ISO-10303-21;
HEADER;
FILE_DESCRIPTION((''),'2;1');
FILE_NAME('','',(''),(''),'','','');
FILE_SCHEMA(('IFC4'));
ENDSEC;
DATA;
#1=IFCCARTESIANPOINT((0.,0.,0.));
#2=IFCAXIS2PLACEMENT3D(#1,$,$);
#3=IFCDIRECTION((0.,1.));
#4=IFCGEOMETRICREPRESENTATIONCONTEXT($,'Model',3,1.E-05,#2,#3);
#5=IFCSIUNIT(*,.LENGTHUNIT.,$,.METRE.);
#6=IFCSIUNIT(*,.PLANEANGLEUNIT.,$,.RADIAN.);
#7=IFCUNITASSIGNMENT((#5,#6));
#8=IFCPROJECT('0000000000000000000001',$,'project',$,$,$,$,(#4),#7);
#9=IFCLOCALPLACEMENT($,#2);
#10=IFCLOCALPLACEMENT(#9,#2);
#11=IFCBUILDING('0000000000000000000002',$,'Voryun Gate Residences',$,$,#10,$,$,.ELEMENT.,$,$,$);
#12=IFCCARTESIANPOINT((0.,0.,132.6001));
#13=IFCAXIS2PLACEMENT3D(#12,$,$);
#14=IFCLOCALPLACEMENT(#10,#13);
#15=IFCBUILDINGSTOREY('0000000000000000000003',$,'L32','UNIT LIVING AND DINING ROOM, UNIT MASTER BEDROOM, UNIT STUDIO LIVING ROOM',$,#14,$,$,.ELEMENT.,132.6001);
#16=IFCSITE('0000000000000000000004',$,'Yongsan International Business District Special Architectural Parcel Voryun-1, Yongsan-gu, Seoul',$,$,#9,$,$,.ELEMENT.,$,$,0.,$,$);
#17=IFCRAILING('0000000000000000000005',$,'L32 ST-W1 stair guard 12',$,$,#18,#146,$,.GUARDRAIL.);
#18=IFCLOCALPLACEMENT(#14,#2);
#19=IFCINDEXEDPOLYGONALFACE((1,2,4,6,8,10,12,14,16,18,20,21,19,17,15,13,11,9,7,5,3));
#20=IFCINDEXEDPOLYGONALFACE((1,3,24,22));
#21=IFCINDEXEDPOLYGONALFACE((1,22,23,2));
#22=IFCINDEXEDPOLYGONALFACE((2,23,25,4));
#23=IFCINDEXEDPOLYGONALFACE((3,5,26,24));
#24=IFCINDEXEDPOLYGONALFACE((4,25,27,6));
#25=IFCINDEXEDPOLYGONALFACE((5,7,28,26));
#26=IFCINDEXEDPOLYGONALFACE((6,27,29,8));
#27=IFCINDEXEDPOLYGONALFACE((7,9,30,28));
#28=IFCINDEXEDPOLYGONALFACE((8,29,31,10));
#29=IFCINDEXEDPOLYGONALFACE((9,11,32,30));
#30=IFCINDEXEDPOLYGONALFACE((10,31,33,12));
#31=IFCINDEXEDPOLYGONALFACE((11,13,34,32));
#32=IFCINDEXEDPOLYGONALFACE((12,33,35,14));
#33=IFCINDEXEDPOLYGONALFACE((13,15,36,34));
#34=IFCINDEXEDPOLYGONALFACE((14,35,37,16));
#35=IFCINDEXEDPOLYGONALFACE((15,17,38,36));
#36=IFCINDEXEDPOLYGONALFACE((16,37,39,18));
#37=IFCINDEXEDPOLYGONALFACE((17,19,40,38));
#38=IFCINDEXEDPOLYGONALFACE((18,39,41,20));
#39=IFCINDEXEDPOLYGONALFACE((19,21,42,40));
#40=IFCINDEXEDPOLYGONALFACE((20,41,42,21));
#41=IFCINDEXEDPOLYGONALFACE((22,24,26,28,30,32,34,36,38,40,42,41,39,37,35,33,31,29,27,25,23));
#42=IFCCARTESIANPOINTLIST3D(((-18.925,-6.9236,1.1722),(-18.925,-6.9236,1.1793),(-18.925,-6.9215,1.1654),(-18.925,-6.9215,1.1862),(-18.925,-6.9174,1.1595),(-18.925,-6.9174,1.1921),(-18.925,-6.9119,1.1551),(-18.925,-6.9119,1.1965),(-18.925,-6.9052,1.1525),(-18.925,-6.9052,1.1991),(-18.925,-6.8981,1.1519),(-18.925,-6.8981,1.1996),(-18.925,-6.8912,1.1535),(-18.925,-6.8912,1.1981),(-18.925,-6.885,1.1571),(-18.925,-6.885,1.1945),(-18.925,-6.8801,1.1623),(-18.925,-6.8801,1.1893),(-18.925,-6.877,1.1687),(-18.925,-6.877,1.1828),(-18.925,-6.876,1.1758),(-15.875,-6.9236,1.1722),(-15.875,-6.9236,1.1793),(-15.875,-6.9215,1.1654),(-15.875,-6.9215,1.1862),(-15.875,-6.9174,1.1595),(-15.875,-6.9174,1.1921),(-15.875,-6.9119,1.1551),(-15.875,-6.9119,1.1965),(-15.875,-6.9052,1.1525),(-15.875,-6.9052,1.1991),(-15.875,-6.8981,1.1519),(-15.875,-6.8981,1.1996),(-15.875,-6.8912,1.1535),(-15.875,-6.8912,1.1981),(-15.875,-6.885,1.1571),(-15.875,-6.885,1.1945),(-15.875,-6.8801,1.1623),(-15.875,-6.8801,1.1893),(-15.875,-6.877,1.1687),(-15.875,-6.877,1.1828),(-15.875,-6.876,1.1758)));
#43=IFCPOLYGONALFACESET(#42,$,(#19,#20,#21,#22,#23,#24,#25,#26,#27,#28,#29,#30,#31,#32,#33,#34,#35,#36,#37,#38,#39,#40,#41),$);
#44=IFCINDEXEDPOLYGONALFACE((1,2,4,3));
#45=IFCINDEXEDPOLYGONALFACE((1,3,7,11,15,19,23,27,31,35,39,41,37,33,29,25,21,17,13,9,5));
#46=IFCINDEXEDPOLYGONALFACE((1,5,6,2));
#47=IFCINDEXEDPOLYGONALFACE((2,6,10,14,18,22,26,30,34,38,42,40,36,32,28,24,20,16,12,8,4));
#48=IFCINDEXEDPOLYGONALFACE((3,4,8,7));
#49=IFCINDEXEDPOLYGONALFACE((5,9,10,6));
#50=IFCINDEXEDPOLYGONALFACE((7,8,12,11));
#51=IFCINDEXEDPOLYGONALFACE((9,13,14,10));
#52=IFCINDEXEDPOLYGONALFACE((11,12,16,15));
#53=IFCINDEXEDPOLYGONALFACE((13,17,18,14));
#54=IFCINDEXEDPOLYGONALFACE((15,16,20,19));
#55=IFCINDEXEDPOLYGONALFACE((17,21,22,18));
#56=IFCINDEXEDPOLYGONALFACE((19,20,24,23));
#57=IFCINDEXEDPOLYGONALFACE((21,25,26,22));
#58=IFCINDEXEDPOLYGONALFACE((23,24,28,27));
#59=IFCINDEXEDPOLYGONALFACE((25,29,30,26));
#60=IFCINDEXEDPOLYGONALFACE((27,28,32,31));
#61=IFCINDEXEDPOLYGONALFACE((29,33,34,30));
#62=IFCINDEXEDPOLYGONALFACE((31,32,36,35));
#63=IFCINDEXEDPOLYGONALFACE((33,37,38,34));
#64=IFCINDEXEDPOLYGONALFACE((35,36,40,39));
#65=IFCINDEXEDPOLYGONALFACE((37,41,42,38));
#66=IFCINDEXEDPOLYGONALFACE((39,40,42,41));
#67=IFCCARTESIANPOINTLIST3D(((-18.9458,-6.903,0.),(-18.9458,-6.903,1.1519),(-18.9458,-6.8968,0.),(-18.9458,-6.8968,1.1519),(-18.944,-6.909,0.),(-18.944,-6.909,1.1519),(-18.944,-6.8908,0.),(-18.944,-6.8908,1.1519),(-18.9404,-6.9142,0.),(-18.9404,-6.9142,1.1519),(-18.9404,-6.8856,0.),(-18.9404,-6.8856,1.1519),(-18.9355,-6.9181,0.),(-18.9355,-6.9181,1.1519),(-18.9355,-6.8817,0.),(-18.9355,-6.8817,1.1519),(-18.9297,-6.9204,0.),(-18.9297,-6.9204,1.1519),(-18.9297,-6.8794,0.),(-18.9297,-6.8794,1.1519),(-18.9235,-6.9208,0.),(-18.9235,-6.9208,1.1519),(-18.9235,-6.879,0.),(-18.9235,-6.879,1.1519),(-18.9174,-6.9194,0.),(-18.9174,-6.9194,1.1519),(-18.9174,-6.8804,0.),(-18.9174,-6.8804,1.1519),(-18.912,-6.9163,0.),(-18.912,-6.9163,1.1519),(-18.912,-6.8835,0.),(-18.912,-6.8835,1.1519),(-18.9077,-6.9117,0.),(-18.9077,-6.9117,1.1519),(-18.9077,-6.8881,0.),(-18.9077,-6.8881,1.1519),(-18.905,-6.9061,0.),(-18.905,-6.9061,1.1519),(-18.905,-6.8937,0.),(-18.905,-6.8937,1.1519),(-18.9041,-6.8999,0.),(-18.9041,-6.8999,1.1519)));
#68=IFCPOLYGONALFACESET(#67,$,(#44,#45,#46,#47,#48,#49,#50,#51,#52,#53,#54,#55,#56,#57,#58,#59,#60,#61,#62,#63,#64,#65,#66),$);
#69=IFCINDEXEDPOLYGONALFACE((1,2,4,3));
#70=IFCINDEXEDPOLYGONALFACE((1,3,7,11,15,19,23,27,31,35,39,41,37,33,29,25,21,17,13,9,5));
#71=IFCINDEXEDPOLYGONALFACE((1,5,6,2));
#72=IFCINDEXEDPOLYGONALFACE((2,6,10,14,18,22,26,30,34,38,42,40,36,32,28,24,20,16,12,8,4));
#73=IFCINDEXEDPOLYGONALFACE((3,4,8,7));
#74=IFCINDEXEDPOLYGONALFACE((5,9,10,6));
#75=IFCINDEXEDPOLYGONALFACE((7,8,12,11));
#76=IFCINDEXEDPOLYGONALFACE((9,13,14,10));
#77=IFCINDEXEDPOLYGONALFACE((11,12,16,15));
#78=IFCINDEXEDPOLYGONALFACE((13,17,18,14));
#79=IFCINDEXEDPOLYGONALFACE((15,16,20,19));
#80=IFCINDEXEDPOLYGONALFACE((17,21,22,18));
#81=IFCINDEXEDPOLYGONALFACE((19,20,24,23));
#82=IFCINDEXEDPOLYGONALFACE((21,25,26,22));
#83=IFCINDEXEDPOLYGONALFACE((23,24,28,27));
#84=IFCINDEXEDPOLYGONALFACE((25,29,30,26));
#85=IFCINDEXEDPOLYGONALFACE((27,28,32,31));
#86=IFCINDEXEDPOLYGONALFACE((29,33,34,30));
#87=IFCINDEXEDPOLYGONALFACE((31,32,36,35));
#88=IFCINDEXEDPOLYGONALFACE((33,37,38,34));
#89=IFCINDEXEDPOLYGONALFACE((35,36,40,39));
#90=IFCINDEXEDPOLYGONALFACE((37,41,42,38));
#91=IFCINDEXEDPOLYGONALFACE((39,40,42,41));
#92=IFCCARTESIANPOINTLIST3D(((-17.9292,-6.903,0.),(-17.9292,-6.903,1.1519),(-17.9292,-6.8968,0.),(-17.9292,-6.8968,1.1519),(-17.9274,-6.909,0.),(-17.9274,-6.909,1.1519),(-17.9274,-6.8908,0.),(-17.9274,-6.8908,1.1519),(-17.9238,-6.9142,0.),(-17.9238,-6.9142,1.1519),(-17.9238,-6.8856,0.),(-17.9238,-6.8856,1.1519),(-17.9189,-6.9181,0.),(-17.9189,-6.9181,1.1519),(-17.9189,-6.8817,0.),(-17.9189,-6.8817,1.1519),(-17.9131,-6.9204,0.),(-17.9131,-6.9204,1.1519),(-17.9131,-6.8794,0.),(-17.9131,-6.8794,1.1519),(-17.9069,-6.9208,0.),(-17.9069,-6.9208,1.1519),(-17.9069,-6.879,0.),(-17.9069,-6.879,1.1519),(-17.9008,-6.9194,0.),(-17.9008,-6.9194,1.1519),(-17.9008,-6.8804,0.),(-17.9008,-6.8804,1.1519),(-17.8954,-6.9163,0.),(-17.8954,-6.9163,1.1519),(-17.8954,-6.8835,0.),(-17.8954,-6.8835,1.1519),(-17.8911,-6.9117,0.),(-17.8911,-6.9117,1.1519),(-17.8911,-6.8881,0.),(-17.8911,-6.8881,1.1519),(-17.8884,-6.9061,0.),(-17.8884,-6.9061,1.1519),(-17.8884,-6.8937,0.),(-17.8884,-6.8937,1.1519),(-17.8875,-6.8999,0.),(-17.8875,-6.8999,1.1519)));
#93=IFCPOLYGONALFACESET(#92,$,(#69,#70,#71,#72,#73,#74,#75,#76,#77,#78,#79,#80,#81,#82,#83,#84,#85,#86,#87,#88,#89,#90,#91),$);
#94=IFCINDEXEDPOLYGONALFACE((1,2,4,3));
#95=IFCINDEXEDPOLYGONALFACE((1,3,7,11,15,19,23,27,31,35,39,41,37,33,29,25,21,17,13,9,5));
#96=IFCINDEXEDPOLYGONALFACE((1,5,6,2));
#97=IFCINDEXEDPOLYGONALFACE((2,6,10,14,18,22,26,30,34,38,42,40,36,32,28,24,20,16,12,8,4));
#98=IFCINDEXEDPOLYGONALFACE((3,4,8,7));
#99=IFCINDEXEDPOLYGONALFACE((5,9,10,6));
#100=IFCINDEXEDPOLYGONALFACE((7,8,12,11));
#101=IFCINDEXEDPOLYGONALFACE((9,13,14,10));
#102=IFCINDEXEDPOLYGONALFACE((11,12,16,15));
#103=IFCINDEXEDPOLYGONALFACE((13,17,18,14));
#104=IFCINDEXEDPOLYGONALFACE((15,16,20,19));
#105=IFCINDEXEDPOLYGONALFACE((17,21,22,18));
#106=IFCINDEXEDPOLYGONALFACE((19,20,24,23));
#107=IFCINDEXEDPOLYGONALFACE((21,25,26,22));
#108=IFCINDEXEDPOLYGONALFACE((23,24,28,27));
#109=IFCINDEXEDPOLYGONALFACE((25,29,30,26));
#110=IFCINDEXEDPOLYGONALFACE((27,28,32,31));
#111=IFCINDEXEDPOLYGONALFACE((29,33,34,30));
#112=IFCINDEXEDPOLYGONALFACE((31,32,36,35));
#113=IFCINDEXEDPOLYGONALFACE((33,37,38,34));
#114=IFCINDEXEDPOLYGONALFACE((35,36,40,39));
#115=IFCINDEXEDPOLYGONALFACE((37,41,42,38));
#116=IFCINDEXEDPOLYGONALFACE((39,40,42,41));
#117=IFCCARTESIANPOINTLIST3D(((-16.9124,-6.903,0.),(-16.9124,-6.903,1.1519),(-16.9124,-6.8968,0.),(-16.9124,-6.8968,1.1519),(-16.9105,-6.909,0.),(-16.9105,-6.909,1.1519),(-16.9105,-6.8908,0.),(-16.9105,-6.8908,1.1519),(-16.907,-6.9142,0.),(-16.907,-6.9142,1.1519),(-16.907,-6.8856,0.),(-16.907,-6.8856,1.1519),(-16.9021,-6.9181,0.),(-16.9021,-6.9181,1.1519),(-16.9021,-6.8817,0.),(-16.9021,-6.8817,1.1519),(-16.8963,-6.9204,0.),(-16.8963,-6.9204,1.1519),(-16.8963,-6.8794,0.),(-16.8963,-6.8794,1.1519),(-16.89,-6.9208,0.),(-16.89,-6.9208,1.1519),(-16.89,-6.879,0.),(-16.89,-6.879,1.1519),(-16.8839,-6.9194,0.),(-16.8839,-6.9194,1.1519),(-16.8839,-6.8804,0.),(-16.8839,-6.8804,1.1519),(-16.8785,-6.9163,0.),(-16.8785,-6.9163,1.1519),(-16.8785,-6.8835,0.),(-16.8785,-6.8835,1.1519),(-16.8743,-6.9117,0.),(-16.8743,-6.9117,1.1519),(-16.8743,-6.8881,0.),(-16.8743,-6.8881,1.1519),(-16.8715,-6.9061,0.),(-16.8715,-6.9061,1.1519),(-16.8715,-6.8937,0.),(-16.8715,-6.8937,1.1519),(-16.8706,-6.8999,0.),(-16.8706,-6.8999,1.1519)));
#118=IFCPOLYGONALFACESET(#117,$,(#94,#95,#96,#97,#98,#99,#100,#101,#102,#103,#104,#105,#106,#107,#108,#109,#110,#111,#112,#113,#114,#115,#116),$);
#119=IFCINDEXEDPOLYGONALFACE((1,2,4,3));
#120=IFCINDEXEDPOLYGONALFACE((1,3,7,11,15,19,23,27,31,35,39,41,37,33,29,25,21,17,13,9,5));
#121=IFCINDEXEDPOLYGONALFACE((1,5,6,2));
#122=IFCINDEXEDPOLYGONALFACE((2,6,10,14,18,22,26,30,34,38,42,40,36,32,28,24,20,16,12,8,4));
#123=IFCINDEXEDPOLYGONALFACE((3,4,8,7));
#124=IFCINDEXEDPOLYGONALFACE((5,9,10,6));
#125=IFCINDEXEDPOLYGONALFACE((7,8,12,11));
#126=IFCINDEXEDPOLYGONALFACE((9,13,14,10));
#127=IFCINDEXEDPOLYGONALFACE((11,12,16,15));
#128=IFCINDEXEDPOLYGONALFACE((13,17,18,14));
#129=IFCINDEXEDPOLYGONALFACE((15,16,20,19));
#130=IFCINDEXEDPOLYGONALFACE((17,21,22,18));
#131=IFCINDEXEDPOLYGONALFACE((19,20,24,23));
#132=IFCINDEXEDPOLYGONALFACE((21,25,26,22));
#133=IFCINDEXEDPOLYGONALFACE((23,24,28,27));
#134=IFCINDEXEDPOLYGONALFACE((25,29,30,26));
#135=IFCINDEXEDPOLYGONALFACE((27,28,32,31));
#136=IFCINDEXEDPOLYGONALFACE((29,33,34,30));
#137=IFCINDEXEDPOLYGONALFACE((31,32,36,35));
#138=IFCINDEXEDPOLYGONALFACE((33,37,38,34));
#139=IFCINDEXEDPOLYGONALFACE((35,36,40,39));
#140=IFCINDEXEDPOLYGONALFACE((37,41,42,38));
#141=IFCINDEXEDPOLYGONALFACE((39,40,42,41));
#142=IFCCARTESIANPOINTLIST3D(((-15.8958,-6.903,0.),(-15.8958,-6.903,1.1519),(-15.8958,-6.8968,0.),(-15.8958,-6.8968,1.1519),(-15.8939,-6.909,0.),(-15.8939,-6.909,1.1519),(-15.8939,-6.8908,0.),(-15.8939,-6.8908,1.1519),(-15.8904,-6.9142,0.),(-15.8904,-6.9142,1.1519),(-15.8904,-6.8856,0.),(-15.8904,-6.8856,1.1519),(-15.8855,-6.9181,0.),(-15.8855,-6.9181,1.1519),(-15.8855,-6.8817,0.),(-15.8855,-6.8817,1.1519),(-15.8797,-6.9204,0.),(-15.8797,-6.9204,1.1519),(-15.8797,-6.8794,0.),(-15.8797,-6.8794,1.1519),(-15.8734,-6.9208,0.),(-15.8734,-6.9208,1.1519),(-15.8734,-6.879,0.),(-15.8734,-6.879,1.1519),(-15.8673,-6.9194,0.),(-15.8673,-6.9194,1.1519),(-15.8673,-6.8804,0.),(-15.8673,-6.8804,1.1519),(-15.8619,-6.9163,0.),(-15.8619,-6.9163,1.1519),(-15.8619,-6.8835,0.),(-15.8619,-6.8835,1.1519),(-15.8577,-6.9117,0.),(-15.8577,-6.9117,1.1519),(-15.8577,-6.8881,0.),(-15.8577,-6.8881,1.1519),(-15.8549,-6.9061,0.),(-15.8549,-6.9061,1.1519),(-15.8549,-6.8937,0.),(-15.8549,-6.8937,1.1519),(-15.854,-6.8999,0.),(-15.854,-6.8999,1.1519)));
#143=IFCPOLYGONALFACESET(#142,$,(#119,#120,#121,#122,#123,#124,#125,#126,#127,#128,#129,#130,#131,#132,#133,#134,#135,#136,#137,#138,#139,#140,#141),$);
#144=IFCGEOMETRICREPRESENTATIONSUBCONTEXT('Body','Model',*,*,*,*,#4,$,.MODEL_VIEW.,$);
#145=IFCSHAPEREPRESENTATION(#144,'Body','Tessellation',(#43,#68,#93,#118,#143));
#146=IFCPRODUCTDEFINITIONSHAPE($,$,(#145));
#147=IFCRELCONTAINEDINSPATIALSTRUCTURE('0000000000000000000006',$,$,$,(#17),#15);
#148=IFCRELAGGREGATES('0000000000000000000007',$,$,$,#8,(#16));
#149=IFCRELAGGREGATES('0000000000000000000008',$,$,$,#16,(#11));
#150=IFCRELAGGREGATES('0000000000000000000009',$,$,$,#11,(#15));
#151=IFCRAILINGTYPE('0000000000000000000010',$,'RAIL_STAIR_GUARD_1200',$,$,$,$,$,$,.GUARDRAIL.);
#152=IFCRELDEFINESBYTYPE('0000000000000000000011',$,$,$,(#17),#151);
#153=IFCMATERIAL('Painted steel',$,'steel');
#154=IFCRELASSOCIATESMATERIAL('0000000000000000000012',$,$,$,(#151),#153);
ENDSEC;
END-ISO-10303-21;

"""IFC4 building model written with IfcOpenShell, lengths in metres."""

from ifc_helpers import new_model, si_unit, direction, frame, origin, origin_2d, place, context, subcontext, project, spatial, circle, extrude, material, type_object, element, save


model = new_model("IFC4")

# Units and contexts
model_context = context("Model", 3, precision=1e-05, world=origin(), true_north=direction((0.0, 1.0)))
body_context = subcontext(model_context, "Body", "Model", "MODEL_VIEW")
ifc_project = project(units=[si_unit("LENGTHUNIT", "METRE"), si_unit("PLANEANGLEUNIT", "RADIAN")], contexts=[model_context])

# Site, building, storey
site_placement = place(None, origin())
site = spatial("IfcSite", under=ifc_project, at=site_placement, Name="Yongsan International Business District Special Architectural Parcel Voryun-1, Yongsan-gu, Seoul", CompositionType="ELEMENT", RefElevation=0.0)
building_placement = place(site_placement, origin())
building = spatial("IfcBuilding", under=site, at=building_placement, Name="Voryun Gate Residences", CompositionType="ELEMENT")
storey_placement = place(building_placement, frame((0.0, 0.0, 132.6001)))
storey = spatial("IfcBuildingStorey", under=building, at=storey_placement, Name="L32", Description="UNIT LIVING AND DINING ROOM, UNIT MASTER BEDROOM, UNIT STUDIO LIVING ROOM", CompositionType="ELEMENT", Elevation=132.6001)

# Railing
ifc_material_1 = material(Name="Painted steel", Category="steel")
railing_type_1 = type_object("IfcRailingType", Name="RAIL_STAIR_GUARD_1200", PredefinedType="GUARDRAIL", material=ifc_material_1)
railing_1_placement = place(storey_placement, frame((-18.925, -6.8999, 0.0)))
element("IfcRailing", 1, at=railing_1_placement, inside=storey, type_object=railing_type_1, Name="L32 ST-W1 stair guard 12", PredefinedType="GUARDRAIL", context=body_context, shape_type="SweptSolid", body=[
    extrude(circle(Radius=0.0239, at=origin_2d()), frame((0.0, 0.0, 1.1758), z_axis=(1.0, 0.0, 0.0), x_axis=(0.0, 1.0, 0.0)), (0.0, 0.0, 1.0), 3.05),
    extrude(circle(Radius=0.021, at=origin_2d()), origin(), (0.0, 0.0, 1.0), 1.1519),
    extrude(circle(Radius=0.021, at=origin_2d()), frame((1.0166, 0.0, 0.0)), (0.0, 0.0, 1.0), 1.1519),
    extrude(circle(Radius=0.021, at=origin_2d()), frame((2.0334, 0.0, 0.0)), (0.0, 0.0, 1.0), 1.1519),
    extrude(circle(Radius=0.021, at=origin_2d()), frame((3.05, 0.0, 0.0)), (0.0, 0.0, 1.0), 1.1519),
])

save(model, "model.ifc")
